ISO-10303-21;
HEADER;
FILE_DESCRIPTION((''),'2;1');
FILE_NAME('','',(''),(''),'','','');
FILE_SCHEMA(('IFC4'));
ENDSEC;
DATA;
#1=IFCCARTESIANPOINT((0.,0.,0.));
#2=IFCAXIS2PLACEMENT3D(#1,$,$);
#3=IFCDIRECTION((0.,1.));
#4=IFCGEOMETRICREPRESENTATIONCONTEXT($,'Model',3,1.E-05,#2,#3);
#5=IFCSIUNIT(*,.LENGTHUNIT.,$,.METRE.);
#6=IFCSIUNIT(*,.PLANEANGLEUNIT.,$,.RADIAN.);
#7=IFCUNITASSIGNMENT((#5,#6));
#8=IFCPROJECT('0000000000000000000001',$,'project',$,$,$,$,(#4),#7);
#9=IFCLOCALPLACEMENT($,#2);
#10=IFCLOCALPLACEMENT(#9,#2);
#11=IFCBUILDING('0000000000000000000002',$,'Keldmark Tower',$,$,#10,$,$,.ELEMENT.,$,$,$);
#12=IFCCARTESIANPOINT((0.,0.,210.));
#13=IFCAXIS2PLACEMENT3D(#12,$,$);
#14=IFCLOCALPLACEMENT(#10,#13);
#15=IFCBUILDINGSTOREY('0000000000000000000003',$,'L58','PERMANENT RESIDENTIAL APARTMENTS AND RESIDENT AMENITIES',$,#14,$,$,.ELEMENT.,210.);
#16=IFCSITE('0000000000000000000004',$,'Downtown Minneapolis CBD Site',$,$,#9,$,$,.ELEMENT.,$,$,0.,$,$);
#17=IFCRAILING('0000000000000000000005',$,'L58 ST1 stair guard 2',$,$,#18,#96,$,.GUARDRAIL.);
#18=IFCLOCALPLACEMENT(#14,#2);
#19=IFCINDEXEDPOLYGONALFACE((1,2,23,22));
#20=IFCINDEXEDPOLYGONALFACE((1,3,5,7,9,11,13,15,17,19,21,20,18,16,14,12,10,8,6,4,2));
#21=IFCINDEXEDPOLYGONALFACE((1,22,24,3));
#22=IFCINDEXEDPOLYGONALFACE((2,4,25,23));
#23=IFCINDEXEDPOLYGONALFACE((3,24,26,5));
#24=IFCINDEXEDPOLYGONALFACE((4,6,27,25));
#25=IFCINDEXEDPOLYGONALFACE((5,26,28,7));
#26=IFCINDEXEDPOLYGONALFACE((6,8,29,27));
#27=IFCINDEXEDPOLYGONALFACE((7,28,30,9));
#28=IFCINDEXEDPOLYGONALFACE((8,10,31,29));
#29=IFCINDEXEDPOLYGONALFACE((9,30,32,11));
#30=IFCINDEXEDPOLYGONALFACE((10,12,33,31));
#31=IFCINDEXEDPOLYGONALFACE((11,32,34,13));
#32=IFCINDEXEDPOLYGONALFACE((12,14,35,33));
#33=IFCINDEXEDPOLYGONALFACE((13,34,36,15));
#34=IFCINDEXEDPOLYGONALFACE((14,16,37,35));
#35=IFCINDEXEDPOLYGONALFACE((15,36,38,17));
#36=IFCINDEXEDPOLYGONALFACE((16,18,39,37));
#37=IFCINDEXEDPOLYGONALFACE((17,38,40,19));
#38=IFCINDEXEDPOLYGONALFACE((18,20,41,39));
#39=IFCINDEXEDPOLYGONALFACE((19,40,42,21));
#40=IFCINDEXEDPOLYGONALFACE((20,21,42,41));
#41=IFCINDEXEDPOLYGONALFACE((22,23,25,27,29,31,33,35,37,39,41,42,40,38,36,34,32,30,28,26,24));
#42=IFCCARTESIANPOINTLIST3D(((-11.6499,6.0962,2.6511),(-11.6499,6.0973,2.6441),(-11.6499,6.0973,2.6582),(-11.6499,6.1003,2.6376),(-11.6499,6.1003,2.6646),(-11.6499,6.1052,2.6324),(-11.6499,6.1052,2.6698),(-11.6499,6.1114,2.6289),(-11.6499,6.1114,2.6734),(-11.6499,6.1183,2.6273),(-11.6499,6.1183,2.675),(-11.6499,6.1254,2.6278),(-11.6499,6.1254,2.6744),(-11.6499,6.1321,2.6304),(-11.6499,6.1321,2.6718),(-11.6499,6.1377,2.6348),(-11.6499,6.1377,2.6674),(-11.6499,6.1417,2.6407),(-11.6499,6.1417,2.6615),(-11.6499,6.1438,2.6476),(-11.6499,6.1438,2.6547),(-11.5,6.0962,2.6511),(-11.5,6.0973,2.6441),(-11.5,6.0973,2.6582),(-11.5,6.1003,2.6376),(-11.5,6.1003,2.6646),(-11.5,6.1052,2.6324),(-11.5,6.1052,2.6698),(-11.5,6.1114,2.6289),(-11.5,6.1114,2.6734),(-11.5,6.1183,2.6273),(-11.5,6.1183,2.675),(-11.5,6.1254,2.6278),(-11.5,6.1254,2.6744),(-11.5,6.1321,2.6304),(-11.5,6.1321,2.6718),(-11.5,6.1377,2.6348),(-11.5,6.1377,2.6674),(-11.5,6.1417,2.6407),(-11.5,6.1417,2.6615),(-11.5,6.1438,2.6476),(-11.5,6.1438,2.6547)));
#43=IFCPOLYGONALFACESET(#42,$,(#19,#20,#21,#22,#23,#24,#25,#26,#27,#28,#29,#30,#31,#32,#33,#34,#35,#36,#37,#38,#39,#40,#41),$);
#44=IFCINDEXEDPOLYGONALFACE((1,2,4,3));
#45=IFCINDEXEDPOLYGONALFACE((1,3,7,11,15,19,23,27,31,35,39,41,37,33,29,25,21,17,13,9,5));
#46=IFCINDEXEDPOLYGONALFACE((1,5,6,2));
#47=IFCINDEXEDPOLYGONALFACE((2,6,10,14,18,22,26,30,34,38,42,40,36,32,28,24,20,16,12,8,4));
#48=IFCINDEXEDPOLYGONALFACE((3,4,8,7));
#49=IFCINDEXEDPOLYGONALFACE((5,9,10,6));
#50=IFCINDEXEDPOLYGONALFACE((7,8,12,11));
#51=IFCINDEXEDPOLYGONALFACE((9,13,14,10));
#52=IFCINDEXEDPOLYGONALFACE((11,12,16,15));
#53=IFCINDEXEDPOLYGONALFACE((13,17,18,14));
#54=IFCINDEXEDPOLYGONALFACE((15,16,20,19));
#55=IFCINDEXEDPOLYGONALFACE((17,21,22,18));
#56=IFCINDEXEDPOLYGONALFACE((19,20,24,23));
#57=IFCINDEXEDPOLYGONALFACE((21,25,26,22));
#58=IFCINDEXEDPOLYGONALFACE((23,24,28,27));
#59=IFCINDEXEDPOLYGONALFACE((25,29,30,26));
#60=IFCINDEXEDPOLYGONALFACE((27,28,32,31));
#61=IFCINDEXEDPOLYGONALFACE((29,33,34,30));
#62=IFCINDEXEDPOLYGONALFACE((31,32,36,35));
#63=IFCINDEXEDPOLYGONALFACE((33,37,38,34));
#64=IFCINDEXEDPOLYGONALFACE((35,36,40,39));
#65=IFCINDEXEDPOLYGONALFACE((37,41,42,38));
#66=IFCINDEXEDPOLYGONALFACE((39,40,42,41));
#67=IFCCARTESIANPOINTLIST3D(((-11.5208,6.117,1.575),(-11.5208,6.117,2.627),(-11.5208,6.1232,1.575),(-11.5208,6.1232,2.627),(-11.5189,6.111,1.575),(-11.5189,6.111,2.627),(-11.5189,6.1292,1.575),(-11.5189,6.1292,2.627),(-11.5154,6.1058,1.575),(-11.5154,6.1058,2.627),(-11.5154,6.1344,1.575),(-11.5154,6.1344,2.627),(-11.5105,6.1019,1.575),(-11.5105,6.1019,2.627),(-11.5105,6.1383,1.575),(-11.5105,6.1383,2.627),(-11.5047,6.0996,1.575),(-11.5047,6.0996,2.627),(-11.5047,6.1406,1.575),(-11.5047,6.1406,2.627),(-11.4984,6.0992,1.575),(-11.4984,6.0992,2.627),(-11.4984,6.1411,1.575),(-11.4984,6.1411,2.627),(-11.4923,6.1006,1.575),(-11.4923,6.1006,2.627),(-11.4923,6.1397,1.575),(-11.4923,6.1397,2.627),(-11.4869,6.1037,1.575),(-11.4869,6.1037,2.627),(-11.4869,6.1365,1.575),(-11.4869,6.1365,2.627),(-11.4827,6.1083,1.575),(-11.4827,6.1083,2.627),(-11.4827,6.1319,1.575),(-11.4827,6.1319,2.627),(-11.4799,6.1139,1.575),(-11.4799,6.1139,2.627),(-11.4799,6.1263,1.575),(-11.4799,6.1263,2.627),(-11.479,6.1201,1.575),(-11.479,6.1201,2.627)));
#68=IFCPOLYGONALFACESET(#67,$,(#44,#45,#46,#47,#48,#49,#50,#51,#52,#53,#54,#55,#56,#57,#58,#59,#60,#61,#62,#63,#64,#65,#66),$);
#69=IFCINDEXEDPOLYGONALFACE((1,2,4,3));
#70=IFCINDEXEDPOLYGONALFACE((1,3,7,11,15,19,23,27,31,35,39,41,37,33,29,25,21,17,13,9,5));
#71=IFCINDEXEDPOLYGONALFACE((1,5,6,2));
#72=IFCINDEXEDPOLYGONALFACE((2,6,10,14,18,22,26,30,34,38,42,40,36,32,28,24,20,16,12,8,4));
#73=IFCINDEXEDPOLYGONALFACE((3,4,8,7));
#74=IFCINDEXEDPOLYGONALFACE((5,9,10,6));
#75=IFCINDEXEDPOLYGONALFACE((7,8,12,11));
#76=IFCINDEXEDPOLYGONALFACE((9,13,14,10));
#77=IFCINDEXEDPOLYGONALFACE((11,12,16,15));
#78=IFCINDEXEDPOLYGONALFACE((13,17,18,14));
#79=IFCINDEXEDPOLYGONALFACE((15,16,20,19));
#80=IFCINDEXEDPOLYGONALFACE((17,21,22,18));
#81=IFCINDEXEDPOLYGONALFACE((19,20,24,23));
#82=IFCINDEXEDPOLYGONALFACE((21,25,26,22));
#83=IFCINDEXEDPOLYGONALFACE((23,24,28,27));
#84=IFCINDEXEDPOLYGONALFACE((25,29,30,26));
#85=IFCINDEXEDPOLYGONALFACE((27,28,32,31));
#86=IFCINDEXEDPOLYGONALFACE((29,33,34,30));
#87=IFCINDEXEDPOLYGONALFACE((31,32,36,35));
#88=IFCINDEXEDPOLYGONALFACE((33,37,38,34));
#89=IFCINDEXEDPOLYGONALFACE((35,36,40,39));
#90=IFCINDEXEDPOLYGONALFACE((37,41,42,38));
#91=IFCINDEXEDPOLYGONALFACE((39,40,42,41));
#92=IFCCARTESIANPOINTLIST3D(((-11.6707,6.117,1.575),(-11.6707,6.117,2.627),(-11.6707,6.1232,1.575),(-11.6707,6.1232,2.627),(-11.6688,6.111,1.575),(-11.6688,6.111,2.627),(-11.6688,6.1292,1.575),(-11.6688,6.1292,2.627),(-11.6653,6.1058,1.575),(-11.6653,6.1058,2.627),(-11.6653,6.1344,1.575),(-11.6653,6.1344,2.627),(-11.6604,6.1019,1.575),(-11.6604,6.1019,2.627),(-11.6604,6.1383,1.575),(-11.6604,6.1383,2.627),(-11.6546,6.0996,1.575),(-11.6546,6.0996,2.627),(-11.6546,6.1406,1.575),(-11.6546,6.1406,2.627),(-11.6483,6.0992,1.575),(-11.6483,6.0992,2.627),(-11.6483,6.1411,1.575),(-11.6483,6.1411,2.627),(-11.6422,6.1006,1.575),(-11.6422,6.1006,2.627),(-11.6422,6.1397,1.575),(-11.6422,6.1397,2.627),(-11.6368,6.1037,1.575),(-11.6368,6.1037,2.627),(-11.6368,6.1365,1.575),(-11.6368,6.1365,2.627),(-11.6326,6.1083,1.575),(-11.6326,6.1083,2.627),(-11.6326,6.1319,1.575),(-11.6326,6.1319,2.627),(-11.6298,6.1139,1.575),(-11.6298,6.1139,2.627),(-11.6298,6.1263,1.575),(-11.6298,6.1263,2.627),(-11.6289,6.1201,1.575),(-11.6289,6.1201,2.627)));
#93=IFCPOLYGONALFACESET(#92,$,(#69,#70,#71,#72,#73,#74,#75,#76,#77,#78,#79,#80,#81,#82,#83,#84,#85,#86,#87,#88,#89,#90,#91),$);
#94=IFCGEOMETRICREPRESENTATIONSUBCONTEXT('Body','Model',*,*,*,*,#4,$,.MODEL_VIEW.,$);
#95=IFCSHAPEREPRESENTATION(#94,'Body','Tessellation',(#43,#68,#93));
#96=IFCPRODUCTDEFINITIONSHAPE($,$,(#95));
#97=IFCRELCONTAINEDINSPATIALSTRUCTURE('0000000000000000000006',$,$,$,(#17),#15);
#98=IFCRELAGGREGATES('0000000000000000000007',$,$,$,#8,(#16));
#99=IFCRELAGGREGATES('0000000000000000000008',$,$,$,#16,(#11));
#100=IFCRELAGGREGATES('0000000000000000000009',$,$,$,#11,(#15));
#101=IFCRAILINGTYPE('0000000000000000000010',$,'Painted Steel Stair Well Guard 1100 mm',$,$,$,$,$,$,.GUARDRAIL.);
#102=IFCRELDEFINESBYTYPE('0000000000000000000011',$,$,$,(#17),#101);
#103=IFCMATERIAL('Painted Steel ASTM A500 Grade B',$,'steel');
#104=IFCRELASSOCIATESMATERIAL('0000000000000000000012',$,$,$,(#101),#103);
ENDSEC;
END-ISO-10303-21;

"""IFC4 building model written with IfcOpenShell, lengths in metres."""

from ifc_helpers import new_model, si_unit, direction, frame, origin, origin_2d, place, context, subcontext, project, spatial, circle, extrude, material, type_object, element, save


model = new_model("IFC4")

# Units and contexts
model_context = context("Model", 3, precision=1e-05, world=origin(), true_north=direction((0.0, 1.0)))
body_context = subcontext(model_context, "Body", "Model", "MODEL_VIEW")
ifc_project = project(units=[si_unit("LENGTHUNIT", "METRE"), si_unit("PLANEANGLEUNIT", "RADIAN")], contexts=[model_context])

# Site, building, storey
site_placement = place(None, origin())
site = spatial("IfcSite", under=ifc_project, at=site_placement, Name="Downtown Minneapolis CBD Site", CompositionType="ELEMENT", RefElevation=0.0)
building_placement = place(site_placement, origin())
building = spatial("IfcBuilding", under=site, at=building_placement, Name="Keldmark Tower", CompositionType="ELEMENT")
storey_placement = place(building_placement, frame((0.0, 0.0, 210.0)))
storey = spatial("IfcBuildingStorey", under=building, at=storey_placement, Name="L58", Description="PERMANENT RESIDENTIAL APARTMENTS AND RESIDENT AMENITIES", CompositionType="ELEMENT", Elevation=210.0)

# Railing
ifc_material_1 = material(Name="Painted Steel ASTM A500 Grade B", Category="steel")
railing_type_1 = type_object("IfcRailingType", Name="Painted Steel Stair Well Guard 1100 mm", PredefinedType="GUARDRAIL", material=ifc_material_1)
railing_1_placement = place(storey_placement, frame((-11.5, 6.1201, 1.575)))
element("IfcRailing", 1, at=railing_1_placement, inside=storey, type_object=railing_type_1, Name="L58 ST1 stair guard 2", PredefinedType="GUARDRAIL", context=body_context, shape_type="SweptSolid", body=[
    extrude(circle(Radius=0.0239, at=origin_2d()), frame((0.0, 0.0, 1.0762), z_axis=(-1.0, 0.0, 0.0), x_axis=(0.0, -1.0, 0.0)), (0.0, 0.0, 1.0), 0.1499),
    extrude(circle(Radius=0.021, at=origin_2d()), origin(), (0.0, 0.0, 1.0), 1.052),
    extrude(circle(Radius=0.021, at=origin_2d()), frame((-0.1499, 0.0, 0.0)), (0.0, 0.0, 1.0), 1.052),
])

save(model, "model.ifc")
